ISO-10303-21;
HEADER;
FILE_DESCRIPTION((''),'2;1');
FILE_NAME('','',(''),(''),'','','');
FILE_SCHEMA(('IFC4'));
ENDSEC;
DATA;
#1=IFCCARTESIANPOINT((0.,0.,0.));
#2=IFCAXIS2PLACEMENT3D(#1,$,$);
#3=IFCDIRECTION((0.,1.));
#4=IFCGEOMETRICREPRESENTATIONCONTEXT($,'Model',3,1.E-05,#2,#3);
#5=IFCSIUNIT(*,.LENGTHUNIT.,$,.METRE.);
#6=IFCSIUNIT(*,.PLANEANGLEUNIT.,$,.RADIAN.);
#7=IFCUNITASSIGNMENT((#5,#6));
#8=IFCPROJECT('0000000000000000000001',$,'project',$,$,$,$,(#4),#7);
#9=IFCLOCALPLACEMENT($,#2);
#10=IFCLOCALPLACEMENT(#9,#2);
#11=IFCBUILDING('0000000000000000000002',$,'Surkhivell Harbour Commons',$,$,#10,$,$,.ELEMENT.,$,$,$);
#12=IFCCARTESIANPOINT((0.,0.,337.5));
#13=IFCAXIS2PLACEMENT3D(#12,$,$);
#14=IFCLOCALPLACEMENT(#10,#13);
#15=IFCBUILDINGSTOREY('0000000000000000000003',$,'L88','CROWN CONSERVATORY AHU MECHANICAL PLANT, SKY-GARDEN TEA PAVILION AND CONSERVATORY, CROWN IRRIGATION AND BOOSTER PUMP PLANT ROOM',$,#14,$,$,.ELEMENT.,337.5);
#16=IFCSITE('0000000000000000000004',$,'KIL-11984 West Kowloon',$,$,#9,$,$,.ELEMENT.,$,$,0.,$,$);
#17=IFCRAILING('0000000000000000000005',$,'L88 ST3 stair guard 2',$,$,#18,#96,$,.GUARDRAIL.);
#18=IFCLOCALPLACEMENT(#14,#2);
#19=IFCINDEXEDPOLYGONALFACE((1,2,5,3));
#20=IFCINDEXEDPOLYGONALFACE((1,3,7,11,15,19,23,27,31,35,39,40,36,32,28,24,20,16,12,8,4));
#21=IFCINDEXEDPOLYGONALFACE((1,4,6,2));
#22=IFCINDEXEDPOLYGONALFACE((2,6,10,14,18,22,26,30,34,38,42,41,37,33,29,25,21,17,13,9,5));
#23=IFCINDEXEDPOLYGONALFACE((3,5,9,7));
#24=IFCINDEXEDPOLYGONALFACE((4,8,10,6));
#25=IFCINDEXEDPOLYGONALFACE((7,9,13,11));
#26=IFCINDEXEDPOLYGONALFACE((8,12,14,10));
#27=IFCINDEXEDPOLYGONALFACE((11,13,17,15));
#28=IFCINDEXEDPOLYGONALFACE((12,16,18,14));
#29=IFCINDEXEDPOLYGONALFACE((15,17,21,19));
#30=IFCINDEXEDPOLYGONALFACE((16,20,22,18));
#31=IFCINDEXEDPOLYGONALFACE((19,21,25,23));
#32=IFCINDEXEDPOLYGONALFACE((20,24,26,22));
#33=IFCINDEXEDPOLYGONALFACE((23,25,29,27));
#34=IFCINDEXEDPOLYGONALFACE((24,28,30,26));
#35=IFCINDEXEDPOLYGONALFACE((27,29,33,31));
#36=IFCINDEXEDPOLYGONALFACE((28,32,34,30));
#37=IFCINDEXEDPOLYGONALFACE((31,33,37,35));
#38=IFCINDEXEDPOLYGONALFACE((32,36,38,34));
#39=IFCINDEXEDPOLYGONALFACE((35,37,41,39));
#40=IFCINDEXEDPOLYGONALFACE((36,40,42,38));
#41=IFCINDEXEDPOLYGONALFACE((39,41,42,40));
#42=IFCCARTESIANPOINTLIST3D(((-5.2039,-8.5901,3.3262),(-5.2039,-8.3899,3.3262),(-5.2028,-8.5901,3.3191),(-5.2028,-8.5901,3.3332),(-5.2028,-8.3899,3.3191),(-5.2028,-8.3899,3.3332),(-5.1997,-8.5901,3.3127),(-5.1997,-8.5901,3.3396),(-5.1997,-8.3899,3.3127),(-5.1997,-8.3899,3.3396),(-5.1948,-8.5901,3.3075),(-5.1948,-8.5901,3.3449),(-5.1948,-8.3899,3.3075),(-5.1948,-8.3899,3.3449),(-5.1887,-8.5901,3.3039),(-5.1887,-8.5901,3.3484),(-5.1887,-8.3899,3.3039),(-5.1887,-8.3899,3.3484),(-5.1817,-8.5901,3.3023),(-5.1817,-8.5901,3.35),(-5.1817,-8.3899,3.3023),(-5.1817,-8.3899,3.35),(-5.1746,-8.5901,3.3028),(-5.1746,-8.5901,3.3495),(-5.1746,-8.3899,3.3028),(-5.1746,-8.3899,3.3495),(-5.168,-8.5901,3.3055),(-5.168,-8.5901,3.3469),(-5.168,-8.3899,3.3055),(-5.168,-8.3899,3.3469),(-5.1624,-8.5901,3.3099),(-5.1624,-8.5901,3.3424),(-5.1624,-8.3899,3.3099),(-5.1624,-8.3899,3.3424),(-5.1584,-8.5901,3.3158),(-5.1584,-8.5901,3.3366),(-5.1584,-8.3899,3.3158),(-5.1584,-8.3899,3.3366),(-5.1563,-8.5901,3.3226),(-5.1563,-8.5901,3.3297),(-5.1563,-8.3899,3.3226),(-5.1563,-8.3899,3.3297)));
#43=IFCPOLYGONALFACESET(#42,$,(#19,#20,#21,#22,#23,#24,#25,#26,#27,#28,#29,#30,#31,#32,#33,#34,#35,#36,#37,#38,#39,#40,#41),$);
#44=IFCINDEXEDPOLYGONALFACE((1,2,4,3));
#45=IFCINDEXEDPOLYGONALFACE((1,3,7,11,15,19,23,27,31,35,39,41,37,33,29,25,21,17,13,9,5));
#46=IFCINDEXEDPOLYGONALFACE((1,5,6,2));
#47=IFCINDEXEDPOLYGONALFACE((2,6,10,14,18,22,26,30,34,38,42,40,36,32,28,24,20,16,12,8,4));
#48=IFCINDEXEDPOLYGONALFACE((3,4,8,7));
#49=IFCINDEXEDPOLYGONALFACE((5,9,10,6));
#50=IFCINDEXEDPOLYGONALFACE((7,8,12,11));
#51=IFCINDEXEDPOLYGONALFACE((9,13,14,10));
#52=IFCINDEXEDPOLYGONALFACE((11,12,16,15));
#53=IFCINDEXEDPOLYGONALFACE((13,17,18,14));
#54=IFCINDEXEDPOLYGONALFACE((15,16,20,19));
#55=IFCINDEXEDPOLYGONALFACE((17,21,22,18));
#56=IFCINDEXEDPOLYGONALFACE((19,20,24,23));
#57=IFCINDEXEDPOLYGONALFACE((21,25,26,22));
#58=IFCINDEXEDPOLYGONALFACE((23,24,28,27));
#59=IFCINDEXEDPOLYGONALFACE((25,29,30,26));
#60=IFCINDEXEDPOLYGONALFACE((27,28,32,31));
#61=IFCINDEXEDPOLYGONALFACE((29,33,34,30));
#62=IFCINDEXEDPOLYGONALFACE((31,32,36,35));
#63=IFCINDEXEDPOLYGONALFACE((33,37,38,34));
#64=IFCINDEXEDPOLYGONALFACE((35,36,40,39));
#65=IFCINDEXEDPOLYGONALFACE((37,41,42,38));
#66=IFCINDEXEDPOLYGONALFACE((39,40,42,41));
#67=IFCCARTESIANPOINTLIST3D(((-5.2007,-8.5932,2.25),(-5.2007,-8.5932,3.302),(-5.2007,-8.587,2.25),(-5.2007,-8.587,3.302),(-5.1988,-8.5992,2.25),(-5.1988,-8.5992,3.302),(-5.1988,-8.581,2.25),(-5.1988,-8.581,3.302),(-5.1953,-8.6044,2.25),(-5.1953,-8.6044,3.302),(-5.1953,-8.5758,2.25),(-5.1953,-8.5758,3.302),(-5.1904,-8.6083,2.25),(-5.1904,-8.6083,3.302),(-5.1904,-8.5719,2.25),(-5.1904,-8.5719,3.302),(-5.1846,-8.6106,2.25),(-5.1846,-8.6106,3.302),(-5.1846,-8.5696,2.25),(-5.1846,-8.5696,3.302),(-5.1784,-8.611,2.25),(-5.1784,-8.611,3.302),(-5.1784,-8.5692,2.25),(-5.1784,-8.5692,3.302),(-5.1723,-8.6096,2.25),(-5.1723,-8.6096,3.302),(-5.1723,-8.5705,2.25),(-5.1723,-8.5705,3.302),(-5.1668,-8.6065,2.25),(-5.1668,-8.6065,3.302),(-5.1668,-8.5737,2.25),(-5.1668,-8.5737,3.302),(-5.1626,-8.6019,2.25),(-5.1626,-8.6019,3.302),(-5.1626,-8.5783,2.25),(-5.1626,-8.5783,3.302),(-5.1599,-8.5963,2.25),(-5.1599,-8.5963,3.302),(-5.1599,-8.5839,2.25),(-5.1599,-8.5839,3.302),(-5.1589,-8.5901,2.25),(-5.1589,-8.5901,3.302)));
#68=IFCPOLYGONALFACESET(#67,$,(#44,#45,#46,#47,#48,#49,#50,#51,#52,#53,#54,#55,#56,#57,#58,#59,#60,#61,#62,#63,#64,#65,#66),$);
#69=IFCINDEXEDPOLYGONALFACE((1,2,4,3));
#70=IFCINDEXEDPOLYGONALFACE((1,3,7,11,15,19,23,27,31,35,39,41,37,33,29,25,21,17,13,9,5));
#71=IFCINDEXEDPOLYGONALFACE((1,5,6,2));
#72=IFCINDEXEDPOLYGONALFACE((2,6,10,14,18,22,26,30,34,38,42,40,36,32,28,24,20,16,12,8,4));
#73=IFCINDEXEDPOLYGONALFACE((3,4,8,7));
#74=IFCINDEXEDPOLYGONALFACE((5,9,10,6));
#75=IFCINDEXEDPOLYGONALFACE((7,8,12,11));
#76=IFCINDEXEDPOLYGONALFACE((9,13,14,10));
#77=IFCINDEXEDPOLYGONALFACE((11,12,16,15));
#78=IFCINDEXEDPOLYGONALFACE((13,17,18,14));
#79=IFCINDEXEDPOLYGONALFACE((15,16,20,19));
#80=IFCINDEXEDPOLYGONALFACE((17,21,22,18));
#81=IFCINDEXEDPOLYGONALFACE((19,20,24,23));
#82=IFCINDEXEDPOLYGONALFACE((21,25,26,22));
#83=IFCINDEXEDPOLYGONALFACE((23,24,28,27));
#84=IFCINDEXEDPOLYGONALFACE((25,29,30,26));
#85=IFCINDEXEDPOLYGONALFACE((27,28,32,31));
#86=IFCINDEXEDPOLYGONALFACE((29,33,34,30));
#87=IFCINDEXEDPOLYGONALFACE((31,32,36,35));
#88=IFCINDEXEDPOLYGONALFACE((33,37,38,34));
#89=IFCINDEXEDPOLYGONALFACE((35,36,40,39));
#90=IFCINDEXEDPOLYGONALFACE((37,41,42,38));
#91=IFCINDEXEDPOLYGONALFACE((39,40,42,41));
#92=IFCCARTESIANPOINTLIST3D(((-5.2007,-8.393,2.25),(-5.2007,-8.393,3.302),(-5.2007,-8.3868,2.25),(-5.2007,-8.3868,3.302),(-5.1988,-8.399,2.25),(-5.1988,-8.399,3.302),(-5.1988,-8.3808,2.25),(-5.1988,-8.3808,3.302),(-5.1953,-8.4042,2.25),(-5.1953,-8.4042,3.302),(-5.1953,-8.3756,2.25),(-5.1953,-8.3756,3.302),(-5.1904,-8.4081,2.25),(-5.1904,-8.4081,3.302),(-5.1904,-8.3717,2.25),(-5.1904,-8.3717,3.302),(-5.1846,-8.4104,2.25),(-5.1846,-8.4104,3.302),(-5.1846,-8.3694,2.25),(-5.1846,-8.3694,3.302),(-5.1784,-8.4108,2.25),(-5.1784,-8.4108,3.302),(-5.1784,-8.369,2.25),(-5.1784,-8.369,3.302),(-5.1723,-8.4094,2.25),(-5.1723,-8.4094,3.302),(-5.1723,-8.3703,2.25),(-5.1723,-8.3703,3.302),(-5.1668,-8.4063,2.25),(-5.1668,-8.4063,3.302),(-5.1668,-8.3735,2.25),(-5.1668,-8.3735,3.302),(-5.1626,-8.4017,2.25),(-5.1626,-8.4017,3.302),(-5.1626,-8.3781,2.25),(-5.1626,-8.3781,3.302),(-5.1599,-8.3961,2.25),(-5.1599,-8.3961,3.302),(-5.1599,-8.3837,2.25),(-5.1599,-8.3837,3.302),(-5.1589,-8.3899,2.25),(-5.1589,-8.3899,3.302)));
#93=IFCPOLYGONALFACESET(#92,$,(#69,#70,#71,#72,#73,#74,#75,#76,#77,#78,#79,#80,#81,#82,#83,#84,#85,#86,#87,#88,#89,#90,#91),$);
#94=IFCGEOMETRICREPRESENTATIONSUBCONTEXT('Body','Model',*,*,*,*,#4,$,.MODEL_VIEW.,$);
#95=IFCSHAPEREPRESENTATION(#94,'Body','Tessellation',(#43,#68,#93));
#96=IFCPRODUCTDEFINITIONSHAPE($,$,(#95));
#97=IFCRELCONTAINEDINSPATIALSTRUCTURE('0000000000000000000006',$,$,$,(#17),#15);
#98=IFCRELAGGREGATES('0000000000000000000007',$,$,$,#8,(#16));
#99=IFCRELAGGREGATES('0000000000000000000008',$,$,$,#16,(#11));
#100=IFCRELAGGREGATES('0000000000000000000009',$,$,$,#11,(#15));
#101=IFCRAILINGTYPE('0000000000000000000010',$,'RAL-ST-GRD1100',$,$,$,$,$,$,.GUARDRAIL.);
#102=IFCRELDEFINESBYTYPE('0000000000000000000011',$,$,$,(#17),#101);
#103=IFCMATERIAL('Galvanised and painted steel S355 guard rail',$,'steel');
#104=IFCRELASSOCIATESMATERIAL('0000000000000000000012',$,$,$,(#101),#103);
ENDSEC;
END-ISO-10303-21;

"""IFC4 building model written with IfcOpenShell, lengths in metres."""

from ifc_helpers import new_model, si_unit, direction, frame, origin, origin_2d, place, context, subcontext, project, spatial, circle, extrude, material, type_object, element, save


model = new_model("IFC4")

# Units and contexts
model_context = context("Model", 3, precision=1e-05, world=origin(), true_north=direction((0.0, 1.0)))
body_context = subcontext(model_context, "Body", "Model", "MODEL_VIEW")
ifc_project = project(units=[si_unit("LENGTHUNIT", "METRE"), si_unit("PLANEANGLEUNIT", "RADIAN")], contexts=[model_context])

# Site, building, storey
site_placement = place(None, origin())
site = spatial("IfcSite", under=ifc_project, at=site_placement, Name="KIL-11984 West Kowloon", CompositionType="ELEMENT", RefElevation=0.0)
building_placement = place(site_placement, origin())
building = spatial("IfcBuilding", under=site, at=building_placement, Name="Surkhivell Harbour Commons", CompositionType="ELEMENT")
storey_placement = place(building_placement, frame((0.0, 0.0, 337.5)))
storey = spatial("IfcBuildingStorey", under=building, at=storey_placement, Name="L88", Description="CROWN CONSERVATORY AHU MECHANICAL PLANT, SKY-GARDEN TEA PAVILION AND CONSERVATORY, CROWN IRRIGATION AND BOOSTER PUMP PLANT ROOM", CompositionType="ELEMENT", Elevation=337.5)

# Railing
ifc_material_1 = material(Name="Galvanised and painted steel S355 guard rail", Category="steel")
railing_type_1 = type_object("IfcRailingType", Name="RAL-ST-GRD1100", PredefinedType="GUARDRAIL", material=ifc_material_1)
railing_1_placement = place(storey_placement, frame((-5.1799, -8.5901, 2.25)))
element("IfcRailing", 1, at=railing_1_placement, inside=storey, type_object=railing_type_1, Name="L88 ST3 stair guard 2", PredefinedType="GUARDRAIL", context=body_context, shape_type="SweptSolid", body=[
    extrude(circle(Radius=0.0239, at=origin_2d()), frame((0.0, 0.0, 1.0762), z_axis=(0.0, 1.0, 0.0), x_axis=(-1.0, 0.0, 0.0)), (0.0, 0.0, 1.0), 0.2002),
    extrude(circle(Radius=0.021, at=origin_2d()), origin(), (0.0, 0.0, 1.0), 1.052),
    extrude(circle(Radius=0.021, at=origin_2d()), frame((0.0, 0.2002, 0.0)), (0.0, 0.0, 1.0), 1.052),
])

save(model, "model.ifc")
